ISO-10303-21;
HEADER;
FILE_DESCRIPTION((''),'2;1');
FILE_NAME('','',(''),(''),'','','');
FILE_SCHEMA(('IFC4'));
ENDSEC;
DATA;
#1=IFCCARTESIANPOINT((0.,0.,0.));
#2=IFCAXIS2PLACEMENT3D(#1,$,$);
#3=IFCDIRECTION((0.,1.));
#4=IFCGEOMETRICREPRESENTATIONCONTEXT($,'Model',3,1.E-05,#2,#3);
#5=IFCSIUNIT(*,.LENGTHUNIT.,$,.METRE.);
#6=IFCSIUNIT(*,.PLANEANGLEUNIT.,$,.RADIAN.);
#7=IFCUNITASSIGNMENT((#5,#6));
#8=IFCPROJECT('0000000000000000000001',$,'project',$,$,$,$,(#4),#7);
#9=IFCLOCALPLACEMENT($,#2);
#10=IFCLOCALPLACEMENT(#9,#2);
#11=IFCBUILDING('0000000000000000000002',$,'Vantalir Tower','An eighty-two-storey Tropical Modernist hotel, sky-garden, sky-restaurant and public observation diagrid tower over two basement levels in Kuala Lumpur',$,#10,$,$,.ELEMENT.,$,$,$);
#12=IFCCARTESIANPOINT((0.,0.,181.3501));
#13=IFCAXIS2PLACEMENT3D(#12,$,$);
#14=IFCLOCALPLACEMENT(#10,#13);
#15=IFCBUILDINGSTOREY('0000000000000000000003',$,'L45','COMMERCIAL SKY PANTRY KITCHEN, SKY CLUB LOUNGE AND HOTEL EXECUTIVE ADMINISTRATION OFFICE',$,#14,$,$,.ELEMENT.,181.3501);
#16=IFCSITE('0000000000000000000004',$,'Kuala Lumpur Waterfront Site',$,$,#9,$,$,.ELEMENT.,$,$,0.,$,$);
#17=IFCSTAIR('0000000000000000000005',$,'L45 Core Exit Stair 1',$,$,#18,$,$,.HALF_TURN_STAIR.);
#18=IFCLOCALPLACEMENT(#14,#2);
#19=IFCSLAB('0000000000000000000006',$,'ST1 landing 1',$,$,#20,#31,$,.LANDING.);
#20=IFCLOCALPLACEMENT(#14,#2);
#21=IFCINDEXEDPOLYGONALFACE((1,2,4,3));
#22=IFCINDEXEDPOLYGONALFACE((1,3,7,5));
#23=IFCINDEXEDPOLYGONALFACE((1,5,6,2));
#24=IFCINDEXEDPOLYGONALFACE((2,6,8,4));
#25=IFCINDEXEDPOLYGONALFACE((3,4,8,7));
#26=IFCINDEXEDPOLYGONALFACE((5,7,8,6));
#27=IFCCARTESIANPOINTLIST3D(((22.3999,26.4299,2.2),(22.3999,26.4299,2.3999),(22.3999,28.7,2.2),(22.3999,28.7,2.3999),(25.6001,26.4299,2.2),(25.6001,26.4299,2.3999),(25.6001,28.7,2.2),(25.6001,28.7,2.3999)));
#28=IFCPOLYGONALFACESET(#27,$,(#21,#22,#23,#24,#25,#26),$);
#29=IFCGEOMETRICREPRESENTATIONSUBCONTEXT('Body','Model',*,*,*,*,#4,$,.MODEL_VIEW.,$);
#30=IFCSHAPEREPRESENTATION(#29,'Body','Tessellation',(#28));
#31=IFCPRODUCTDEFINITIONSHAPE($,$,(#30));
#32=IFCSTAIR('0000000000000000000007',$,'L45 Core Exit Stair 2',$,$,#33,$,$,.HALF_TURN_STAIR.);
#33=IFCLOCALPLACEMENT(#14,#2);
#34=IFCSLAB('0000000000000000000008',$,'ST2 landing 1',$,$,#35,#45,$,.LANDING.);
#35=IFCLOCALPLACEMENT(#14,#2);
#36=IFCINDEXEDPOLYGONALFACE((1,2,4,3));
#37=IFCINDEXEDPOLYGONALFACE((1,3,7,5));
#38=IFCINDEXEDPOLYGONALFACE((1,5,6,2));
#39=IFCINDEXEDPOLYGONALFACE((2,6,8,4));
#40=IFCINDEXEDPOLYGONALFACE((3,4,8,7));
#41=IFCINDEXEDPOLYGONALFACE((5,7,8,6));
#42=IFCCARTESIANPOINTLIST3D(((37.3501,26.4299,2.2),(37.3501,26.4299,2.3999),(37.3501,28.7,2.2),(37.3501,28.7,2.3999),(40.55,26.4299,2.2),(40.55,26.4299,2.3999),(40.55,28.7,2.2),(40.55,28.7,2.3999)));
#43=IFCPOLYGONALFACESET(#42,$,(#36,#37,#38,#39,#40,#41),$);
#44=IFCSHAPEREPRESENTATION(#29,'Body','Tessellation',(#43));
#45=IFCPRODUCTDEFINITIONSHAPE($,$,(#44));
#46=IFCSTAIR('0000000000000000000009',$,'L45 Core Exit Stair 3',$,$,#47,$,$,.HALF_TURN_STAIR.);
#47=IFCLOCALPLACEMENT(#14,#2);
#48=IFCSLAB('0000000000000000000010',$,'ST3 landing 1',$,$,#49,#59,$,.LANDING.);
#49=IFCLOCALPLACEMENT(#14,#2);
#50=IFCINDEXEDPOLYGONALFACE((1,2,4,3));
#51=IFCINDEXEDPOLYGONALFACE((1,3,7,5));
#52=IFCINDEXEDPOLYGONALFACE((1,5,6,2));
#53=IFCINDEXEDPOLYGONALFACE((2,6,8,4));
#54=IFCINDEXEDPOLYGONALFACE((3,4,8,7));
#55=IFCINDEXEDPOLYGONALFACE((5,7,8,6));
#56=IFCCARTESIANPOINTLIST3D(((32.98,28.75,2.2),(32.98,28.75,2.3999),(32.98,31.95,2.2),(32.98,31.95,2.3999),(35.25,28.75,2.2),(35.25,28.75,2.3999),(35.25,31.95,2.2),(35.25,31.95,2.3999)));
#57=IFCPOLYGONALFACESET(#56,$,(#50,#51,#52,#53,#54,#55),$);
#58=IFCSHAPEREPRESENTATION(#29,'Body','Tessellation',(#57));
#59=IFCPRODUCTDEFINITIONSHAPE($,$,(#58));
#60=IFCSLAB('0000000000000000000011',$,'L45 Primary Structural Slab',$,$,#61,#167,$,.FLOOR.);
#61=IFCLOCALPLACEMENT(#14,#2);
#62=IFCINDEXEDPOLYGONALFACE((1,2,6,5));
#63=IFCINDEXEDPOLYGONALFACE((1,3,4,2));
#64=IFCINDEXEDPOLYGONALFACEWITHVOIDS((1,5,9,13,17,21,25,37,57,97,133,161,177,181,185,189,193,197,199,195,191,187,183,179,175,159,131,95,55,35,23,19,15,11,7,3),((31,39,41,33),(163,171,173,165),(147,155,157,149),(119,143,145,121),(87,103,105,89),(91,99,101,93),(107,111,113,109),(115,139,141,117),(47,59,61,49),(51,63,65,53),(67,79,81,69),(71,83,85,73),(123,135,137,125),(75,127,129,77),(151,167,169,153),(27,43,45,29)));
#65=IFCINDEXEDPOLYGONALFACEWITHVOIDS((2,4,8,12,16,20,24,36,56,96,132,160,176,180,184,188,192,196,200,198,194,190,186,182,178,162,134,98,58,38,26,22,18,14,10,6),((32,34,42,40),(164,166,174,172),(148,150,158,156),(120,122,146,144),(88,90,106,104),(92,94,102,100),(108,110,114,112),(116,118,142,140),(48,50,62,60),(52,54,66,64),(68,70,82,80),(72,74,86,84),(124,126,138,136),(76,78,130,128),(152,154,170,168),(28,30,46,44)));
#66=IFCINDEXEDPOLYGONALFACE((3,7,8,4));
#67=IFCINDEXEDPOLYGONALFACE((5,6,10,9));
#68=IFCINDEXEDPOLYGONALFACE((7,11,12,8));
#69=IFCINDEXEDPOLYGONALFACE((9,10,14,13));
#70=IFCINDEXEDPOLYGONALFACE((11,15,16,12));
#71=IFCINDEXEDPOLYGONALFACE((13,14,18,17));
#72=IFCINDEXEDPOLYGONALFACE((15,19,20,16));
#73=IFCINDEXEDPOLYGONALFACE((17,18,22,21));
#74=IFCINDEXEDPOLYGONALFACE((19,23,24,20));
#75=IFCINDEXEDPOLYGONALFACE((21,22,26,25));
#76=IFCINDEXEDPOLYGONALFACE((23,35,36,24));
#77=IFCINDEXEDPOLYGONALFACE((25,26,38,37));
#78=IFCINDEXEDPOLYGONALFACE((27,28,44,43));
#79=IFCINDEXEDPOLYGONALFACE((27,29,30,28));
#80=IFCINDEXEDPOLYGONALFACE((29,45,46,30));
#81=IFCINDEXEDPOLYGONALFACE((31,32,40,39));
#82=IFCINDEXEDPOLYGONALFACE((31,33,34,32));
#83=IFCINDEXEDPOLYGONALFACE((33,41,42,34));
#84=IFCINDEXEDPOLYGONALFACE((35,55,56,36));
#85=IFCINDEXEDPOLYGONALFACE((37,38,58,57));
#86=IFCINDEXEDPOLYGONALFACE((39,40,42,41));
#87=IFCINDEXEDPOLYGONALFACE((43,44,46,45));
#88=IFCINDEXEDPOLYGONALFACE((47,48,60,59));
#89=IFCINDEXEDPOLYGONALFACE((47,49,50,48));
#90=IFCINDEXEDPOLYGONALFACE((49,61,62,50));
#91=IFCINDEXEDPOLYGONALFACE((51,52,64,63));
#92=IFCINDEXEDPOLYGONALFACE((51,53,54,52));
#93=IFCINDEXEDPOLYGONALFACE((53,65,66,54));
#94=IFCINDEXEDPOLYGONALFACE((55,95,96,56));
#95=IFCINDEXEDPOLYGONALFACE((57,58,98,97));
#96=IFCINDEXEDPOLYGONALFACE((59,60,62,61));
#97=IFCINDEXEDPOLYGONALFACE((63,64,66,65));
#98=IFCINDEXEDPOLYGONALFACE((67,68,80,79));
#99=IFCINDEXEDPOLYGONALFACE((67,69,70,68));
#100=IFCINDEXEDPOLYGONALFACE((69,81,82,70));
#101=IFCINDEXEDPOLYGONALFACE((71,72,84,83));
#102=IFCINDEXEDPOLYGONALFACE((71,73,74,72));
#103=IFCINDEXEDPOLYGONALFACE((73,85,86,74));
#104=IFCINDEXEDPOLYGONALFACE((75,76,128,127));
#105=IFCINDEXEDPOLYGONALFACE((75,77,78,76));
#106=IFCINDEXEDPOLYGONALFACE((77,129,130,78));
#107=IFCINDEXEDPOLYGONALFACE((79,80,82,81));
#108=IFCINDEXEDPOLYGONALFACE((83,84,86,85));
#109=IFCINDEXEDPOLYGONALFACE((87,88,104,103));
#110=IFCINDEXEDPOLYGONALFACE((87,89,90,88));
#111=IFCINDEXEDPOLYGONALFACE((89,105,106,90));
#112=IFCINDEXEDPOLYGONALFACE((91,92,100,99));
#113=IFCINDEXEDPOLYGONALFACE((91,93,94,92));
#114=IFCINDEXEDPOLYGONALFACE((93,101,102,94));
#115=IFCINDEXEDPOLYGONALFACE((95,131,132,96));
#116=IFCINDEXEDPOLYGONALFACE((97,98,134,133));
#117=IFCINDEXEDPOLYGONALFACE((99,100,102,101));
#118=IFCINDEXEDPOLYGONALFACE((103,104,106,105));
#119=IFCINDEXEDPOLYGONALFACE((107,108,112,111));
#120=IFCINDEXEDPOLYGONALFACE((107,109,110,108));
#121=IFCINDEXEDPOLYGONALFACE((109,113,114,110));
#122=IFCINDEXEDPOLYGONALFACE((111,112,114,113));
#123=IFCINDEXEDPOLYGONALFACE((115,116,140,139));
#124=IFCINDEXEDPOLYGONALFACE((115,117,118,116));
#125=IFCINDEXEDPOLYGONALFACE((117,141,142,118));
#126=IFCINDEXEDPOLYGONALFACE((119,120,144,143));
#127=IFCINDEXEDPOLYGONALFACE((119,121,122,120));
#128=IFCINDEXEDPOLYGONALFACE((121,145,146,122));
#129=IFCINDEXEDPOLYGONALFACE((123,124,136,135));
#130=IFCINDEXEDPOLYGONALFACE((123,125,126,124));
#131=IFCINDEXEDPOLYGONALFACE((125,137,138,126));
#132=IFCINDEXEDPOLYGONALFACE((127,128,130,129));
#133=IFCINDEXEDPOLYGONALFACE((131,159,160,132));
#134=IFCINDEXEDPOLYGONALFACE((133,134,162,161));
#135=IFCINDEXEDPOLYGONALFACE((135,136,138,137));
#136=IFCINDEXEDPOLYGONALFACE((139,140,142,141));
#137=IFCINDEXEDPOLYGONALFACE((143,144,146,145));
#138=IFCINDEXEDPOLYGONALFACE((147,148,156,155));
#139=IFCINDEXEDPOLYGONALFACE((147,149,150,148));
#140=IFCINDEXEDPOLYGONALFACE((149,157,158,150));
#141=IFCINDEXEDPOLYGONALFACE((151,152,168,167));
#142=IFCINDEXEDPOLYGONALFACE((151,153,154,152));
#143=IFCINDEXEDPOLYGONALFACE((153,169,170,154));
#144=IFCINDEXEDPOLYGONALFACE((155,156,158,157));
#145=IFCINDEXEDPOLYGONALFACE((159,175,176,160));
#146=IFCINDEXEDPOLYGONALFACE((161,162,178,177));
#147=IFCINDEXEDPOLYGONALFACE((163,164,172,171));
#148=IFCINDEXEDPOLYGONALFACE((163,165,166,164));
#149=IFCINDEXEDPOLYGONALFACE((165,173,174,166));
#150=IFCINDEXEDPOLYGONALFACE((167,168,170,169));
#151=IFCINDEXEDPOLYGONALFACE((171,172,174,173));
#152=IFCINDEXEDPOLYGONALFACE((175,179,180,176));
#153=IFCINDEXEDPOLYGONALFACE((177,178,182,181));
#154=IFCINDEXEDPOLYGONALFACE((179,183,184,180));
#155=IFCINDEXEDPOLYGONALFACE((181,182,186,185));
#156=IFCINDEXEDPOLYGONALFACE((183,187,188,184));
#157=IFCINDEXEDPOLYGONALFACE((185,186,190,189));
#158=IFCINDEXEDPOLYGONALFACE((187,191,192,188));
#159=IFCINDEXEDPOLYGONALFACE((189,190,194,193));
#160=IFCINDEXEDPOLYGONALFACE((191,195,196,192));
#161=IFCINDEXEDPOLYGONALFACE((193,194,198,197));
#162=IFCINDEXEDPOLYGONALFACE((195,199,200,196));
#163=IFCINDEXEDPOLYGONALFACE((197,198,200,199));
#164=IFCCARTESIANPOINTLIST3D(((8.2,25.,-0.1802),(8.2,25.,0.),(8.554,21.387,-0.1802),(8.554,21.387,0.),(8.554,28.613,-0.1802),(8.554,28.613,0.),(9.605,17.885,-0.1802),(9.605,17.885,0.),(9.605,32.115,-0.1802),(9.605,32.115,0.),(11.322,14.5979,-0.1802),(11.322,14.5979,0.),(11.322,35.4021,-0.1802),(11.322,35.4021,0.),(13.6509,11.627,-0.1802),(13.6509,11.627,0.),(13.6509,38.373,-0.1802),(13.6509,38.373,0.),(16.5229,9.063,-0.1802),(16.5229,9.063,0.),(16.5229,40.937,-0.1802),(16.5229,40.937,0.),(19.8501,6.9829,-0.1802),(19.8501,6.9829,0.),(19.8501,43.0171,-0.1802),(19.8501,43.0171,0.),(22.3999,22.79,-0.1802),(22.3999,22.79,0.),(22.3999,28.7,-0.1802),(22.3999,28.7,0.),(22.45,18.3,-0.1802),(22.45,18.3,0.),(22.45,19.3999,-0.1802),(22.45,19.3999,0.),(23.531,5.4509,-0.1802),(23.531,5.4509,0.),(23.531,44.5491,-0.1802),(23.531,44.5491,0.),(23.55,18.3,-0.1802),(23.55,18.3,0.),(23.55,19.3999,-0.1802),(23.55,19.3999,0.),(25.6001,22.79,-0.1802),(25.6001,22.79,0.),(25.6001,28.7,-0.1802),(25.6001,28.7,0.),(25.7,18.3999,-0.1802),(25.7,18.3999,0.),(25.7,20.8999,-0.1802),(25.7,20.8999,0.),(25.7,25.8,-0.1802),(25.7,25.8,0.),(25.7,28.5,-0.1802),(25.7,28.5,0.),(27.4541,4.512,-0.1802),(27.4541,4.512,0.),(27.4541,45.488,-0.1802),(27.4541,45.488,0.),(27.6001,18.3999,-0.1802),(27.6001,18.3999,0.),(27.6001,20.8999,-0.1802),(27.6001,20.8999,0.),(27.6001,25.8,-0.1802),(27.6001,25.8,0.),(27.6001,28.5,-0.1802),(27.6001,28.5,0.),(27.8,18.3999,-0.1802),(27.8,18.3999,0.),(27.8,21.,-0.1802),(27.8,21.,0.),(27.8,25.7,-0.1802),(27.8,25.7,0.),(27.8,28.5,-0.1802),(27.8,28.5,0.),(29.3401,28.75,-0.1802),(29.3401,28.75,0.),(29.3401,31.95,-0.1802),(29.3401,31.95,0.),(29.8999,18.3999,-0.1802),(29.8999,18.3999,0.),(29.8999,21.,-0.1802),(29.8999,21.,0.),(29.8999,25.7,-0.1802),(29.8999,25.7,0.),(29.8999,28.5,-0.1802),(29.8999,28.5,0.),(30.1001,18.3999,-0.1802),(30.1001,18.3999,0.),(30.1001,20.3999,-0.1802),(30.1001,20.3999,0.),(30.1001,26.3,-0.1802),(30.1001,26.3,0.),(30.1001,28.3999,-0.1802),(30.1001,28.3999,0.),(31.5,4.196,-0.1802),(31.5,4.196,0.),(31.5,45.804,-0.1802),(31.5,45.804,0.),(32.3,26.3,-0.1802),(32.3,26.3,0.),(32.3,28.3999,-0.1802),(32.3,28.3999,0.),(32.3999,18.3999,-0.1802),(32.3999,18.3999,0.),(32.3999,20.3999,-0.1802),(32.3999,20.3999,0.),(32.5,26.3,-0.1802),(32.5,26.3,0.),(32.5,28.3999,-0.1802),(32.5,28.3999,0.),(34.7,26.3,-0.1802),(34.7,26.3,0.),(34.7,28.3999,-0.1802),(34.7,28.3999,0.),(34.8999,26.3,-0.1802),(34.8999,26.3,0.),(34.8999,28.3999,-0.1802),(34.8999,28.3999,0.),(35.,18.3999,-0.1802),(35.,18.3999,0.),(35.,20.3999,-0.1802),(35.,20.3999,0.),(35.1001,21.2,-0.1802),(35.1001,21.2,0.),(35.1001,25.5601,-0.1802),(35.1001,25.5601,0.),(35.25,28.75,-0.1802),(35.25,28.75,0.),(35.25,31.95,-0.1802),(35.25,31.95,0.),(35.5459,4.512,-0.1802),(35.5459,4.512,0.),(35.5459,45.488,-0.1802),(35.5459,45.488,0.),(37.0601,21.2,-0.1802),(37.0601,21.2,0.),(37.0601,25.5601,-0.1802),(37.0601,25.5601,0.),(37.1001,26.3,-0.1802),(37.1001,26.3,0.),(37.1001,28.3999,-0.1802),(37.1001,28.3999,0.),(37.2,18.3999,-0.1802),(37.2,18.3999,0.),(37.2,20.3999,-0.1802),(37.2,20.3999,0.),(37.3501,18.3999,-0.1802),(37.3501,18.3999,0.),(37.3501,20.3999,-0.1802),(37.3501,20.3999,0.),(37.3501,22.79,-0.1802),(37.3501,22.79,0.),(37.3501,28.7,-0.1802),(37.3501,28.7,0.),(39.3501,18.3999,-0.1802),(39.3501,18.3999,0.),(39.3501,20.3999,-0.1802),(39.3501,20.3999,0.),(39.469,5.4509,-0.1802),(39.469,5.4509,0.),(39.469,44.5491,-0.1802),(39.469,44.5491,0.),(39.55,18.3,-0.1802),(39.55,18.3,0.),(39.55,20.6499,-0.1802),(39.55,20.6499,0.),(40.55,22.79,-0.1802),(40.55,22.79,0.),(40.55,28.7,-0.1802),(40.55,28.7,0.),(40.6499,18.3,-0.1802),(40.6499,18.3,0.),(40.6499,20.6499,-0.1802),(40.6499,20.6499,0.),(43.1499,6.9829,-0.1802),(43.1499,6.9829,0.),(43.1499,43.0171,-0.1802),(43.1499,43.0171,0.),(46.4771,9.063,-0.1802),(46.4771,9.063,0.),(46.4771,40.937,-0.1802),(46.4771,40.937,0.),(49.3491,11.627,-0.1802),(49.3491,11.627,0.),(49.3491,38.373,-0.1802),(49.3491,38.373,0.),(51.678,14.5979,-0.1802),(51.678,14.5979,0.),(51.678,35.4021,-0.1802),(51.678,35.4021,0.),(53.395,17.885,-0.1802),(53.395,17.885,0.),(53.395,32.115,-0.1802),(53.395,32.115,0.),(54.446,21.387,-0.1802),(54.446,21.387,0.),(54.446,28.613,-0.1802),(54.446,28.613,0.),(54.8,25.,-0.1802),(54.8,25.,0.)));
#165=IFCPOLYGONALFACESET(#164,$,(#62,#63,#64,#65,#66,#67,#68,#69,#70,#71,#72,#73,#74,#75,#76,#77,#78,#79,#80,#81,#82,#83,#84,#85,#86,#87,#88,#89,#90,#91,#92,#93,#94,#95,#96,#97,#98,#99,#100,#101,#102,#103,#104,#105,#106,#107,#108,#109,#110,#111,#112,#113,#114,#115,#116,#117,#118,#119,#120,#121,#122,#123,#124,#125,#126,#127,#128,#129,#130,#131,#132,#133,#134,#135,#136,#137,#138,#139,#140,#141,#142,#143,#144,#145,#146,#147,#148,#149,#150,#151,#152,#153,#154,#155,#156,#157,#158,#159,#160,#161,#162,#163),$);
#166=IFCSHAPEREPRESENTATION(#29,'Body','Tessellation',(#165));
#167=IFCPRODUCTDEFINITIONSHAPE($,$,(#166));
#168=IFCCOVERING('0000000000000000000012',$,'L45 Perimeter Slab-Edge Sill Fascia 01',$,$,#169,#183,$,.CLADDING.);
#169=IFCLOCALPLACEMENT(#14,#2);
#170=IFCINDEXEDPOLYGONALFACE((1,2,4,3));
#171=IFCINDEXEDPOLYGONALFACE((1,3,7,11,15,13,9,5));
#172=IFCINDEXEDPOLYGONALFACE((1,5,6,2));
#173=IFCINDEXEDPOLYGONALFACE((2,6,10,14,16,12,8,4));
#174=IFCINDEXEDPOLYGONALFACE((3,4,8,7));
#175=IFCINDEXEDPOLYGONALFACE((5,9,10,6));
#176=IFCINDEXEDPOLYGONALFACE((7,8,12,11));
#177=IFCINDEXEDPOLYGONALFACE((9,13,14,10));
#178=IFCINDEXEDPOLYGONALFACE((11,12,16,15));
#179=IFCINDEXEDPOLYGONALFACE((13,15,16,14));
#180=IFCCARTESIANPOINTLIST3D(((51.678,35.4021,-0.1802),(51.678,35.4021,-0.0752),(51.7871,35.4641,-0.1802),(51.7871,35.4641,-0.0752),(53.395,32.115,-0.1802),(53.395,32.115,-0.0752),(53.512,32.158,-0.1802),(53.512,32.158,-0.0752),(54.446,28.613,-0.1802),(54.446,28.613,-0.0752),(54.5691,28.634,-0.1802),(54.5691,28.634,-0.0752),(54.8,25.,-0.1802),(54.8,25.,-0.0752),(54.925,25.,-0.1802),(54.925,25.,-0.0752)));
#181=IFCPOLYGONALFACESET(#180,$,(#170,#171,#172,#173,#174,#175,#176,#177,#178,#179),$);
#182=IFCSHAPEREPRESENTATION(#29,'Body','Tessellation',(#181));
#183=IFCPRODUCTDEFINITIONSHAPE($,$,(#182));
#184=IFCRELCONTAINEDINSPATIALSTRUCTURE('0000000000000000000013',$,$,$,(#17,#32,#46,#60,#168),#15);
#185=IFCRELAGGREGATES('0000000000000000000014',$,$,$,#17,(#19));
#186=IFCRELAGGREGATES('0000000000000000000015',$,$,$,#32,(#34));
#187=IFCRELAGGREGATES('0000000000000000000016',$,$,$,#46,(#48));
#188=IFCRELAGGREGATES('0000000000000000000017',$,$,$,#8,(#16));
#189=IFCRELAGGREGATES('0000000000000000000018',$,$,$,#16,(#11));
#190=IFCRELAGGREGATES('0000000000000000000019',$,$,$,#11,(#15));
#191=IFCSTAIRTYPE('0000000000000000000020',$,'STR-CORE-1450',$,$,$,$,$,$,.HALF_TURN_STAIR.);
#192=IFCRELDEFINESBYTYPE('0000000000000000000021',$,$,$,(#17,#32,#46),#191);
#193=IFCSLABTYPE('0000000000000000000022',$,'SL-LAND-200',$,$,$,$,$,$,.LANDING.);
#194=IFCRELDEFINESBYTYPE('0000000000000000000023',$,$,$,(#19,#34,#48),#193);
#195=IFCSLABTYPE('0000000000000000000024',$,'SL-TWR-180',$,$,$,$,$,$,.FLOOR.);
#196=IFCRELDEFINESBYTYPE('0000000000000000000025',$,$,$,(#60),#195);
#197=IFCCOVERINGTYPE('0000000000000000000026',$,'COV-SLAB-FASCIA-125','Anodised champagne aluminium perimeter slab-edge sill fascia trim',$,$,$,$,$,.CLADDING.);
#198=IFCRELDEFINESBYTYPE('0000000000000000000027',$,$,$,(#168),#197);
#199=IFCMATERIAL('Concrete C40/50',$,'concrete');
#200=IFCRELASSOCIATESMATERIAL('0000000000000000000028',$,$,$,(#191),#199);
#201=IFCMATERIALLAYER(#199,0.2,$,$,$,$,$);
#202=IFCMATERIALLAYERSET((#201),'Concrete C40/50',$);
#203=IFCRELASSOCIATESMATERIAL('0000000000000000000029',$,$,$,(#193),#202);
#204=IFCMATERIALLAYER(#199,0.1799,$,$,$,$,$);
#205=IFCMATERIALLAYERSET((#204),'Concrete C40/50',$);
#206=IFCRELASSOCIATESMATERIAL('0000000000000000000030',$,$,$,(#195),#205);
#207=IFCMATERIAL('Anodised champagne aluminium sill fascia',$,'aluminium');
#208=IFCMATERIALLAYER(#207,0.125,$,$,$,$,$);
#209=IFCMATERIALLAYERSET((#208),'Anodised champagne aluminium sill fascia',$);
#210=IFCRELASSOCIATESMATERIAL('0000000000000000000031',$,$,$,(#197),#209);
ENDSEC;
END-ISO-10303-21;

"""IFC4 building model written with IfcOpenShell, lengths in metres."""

from ifc_helpers import new_model, si_unit, direction, frame, origin, place, context, subcontext, project, spatial, polyline, outline, extrude, material, layer, layer_set, type_object, element, aggregate, save


model = new_model("IFC4")

# Units and contexts
model_context = context("Model", 3, precision=1e-05, world=origin(), true_north=direction((0.0, 1.0)))
body_context = subcontext(model_context, "Body", "Model", "MODEL_VIEW")
ifc_project = project(units=[si_unit("LENGTHUNIT", "METRE"), si_unit("PLANEANGLEUNIT", "RADIAN")], contexts=[model_context])

# Site, building, storey
site_placement = place(None, origin())
site = spatial("IfcSite", under=ifc_project, at=site_placement, Name="Kuala Lumpur Waterfront Site", CompositionType="ELEMENT", RefElevation=0.0)
building_placement = place(site_placement, origin())
building = spatial("IfcBuilding", under=site, at=building_placement, Name="Vantalir Tower", Description="An eighty-two-storey Tropical Modernist hotel, sky-garden, sky-restaurant and public observation diagrid tower over two basement levels in Kuala Lumpur", CompositionType="ELEMENT")
storey_placement = place(building_placement, frame((0.0, 0.0, 181.3501)))
storey = spatial("IfcBuildingStorey", under=building, at=storey_placement, Name="L45", Description="COMMERCIAL SKY PANTRY KITCHEN, SKY CLUB LOUNGE AND HOTEL EXECUTIVE ADMINISTRATION OFFICE", CompositionType="ELEMENT", Elevation=181.3501)

# Stairs, slabs
ifc_material_1 = material(Name="Concrete C40/50", Category="concrete")
stair_type = type_object("IfcStairType", Name="STR-CORE-1450", PredefinedType="HALF_TURN_STAIR", material=ifc_material_1)
stair_1_placement = place(storey_placement, origin())
stair_1 = element("IfcStair", 1, at=stair_1_placement, inside=storey, type_object=stair_type, Name="L45 Core Exit Stair 1", PredefinedType="HALF_TURN_STAIR")
ifc_layer_1 = layer(ifc_material_1, 0.2)
ifc_layer_set_1 = layer_set([ifc_layer_1], Name="Concrete C40/50")
slab_type_1 = type_object("IfcSlabType", Name="SL-LAND-200", PredefinedType="LANDING", material=ifc_layer_set_1)
slab_1_placement = place(storey_placement, frame((0.0, 0.0, 2.2)))
slab_1 = element("IfcSlab", 2, at=slab_1_placement, type_object=slab_type_1, Name="ST1 landing 1", PredefinedType="LANDING", context=body_context, shape_type="SweptSolid", body=[
    extrude(outline(polyline([(25.6001, 26.4299), (25.6001, 28.7), (22.3999, 28.7), (22.3999, 26.4299), (25.6001, 26.4299)])), origin(), (0.0, 0.0, 1.0), 0.2),
])
aggregate(stair_1, [slab_1])
stair_2_placement = place(storey_placement, origin())
stair_2 = element("IfcStair", 3, at=stair_2_placement, inside=storey, type_object=stair_type, Name="L45 Core Exit Stair 2", PredefinedType="HALF_TURN_STAIR")
slab_2_placement = place(storey_placement, frame((0.0, 0.0, 2.2)))
slab_2 = element("IfcSlab", 4, at=slab_2_placement, type_object=slab_type_1, Name="ST2 landing 1", PredefinedType="LANDING", context=body_context, shape_type="SweptSolid", body=[
    extrude(outline(polyline([(40.55, 26.4299), (40.55, 28.7), (37.3501, 28.7), (37.3501, 26.4299), (40.55, 26.4299)])), origin(), (0.0, 0.0, 1.0), 0.2),
])
aggregate(stair_2, [slab_2])
stair_3_placement = place(storey_placement, origin())
stair_3 = element("IfcStair", 5, at=stair_3_placement, inside=storey, type_object=stair_type, Name="L45 Core Exit Stair 3", PredefinedType="HALF_TURN_STAIR")
slab_3_placement = place(storey_placement, frame((0.0, 0.0, 2.2)))
slab_3 = element("IfcSlab", 6, at=slab_3_placement, type_object=slab_type_1, Name="ST3 landing 1", PredefinedType="LANDING", context=body_context, shape_type="SweptSolid", body=[
    extrude(outline(polyline([(32.98, 28.75), (35.25, 28.75), (35.25, 31.95), (32.98, 31.95), (32.98, 28.75)])), origin(), (0.0, 0.0, 1.0), 0.2),
])
aggregate(stair_3, [slab_3])

# Slab
ifc_layer_2 = layer(ifc_material_1, 0.1799)
ifc_layer_set_2 = layer_set([ifc_layer_2], Name="Concrete C40/50")
slab_type_2 = type_object("IfcSlabType", Name="SL-TWR-180", PredefinedType="FLOOR", material=ifc_layer_set_2)
slab_4_placement = place(storey_placement, frame((0.0, 0.0, -0.1802)))
element("IfcSlab", 7, at=slab_4_placement, inside=storey, type_object=slab_type_2, Name="L45 Primary Structural Slab", PredefinedType="FLOOR", context=body_context, shape_type="SweptSolid", body=[
    extrude(outline(polyline([(11.322, 14.5979), (13.6509, 11.627), (16.5229, 9.063), (19.8501, 6.9829), (23.531, 5.4509), (27.4541, 4.512), (31.5, 4.196), (35.5459, 4.512), (39.469, 5.4509), (43.1499, 6.9829), (46.4771, 9.063), (49.3491, 11.627), (51.678, 14.5979), (53.395, 17.885), (54.446, 21.387), (54.8, 25.0), (54.446, 28.613), (53.395, 32.115), (51.678, 35.4021), (49.3491, 38.373), (46.4771, 40.937), (43.1499, 43.0171), (39.469, 44.5491), (35.5459, 45.488), (31.5, 45.804), (27.4541, 45.488), (23.531, 44.5491), (19.8501, 43.0171), (16.5229, 40.937), (13.6509, 38.373), (11.322, 35.4021), (9.605, 32.115), (8.554, 28.613), (8.2, 25.0), (8.554, 21.387), (9.605, 17.885), (11.322, 14.5979)]), holes=[polyline([(22.3999, 22.79), (22.3999, 28.7), (25.6001, 28.7), (25.6001, 22.79), (22.3999, 22.79)]), polyline([(37.3501, 28.7), (40.55, 28.7), (40.55, 22.79), (37.3501, 22.79), (37.3501, 28.7)]), polyline([(35.25, 28.75), (29.3401, 28.75), (29.3401, 31.95), (35.25, 31.95), (35.25, 28.75)]), polyline([(27.6001, 18.3999), (25.7, 18.3999), (25.7, 20.8999), (27.6001, 20.8999), (27.6001, 18.3999)]), polyline([(25.7, 25.8), (25.7, 28.5), (27.6001, 28.5), (27.6001, 25.8), (25.7, 25.8)]), polyline([(27.8, 21.0), (29.8999, 21.0), (29.8999, 18.3999), (27.8, 18.3999), (27.8, 21.0)]), polyline([(29.8999, 28.5), (29.8999, 25.7), (27.8, 25.7), (27.8, 28.5), (29.8999, 28.5)]), polyline([(32.3999, 18.3999), (30.1001, 18.3999), (30.1001, 20.3999), (32.3999, 20.3999), (32.3999, 18.3999)]), polyline([(37.3501, 18.3999), (37.3501, 20.3999), (39.3501, 20.3999), (39.3501, 18.3999), (37.3501, 18.3999)]), polyline([(35.0, 20.3999), (37.2, 20.3999), (37.2, 18.3999), (35.0, 18.3999), (35.0, 20.3999)]), polyline([(32.3, 28.3999), (32.3, 26.3), (30.1001, 26.3), (30.1001, 28.3999), (32.3, 28.3999)]), polyline([(34.7, 26.3), (32.5, 26.3), (32.5, 28.3999), (34.7, 28.3999), (34.7, 26.3)]), polyline([(34.8999, 26.3), (34.8999, 28.3999), (37.1001, 28.3999), (37.1001, 26.3), (34.8999, 26.3)]), polyline([(35.1001, 25.5601), (37.0601, 25.5601), (37.0601, 21.2), (35.1001, 21.2), (35.1001, 25.5601)]), polyline([(23.55, 19.3999), (23.55, 18.3), (22.45, 18.3), (22.45, 19.3999), (23.55, 19.3999)]), polyline([(40.6499, 18.3), (39.55, 18.3), (39.55, 20.6499), (40.6499, 20.6499), (40.6499, 18.3)])]), origin(), (0.0, 0.0, 1.0), 0.1802),
])

# Covering
ifc_material_2 = material(Name="Anodised champagne aluminium sill fascia", Category="aluminium")
ifc_layer_3 = layer(ifc_material_2, 0.125)
ifc_layer_set_3 = layer_set([ifc_layer_3], Name="Anodised champagne aluminium sill fascia")
covering_type = type_object("IfcCoveringType", Name="COV-SLAB-FASCIA-125", Description="Anodised champagne aluminium perimeter slab-edge sill fascia trim", PredefinedType="CLADDING", material=ifc_layer_set_3)
covering_1_placement = place(storey_placement, frame((0.0, 0.0, -0.1802)))
element("IfcCovering", 8, at=covering_1_placement, inside=storey, type_object=covering_type, Name="L45 Perimeter Slab-Edge Sill Fascia 01", PredefinedType="CLADDING", context=body_context, shape_type="SweptSolid", body=[
    extrude(outline(polyline([(54.925, 25.0), (54.5691, 28.634), (53.512, 32.158), (51.7871, 35.4641), (51.678, 35.4021), (53.395, 32.115), (54.446, 28.613), (54.8, 25.0), (54.925, 25.0)])), origin(), (0.0, 0.0, 1.0), 0.105),
])

save(model, "model.ifc")
